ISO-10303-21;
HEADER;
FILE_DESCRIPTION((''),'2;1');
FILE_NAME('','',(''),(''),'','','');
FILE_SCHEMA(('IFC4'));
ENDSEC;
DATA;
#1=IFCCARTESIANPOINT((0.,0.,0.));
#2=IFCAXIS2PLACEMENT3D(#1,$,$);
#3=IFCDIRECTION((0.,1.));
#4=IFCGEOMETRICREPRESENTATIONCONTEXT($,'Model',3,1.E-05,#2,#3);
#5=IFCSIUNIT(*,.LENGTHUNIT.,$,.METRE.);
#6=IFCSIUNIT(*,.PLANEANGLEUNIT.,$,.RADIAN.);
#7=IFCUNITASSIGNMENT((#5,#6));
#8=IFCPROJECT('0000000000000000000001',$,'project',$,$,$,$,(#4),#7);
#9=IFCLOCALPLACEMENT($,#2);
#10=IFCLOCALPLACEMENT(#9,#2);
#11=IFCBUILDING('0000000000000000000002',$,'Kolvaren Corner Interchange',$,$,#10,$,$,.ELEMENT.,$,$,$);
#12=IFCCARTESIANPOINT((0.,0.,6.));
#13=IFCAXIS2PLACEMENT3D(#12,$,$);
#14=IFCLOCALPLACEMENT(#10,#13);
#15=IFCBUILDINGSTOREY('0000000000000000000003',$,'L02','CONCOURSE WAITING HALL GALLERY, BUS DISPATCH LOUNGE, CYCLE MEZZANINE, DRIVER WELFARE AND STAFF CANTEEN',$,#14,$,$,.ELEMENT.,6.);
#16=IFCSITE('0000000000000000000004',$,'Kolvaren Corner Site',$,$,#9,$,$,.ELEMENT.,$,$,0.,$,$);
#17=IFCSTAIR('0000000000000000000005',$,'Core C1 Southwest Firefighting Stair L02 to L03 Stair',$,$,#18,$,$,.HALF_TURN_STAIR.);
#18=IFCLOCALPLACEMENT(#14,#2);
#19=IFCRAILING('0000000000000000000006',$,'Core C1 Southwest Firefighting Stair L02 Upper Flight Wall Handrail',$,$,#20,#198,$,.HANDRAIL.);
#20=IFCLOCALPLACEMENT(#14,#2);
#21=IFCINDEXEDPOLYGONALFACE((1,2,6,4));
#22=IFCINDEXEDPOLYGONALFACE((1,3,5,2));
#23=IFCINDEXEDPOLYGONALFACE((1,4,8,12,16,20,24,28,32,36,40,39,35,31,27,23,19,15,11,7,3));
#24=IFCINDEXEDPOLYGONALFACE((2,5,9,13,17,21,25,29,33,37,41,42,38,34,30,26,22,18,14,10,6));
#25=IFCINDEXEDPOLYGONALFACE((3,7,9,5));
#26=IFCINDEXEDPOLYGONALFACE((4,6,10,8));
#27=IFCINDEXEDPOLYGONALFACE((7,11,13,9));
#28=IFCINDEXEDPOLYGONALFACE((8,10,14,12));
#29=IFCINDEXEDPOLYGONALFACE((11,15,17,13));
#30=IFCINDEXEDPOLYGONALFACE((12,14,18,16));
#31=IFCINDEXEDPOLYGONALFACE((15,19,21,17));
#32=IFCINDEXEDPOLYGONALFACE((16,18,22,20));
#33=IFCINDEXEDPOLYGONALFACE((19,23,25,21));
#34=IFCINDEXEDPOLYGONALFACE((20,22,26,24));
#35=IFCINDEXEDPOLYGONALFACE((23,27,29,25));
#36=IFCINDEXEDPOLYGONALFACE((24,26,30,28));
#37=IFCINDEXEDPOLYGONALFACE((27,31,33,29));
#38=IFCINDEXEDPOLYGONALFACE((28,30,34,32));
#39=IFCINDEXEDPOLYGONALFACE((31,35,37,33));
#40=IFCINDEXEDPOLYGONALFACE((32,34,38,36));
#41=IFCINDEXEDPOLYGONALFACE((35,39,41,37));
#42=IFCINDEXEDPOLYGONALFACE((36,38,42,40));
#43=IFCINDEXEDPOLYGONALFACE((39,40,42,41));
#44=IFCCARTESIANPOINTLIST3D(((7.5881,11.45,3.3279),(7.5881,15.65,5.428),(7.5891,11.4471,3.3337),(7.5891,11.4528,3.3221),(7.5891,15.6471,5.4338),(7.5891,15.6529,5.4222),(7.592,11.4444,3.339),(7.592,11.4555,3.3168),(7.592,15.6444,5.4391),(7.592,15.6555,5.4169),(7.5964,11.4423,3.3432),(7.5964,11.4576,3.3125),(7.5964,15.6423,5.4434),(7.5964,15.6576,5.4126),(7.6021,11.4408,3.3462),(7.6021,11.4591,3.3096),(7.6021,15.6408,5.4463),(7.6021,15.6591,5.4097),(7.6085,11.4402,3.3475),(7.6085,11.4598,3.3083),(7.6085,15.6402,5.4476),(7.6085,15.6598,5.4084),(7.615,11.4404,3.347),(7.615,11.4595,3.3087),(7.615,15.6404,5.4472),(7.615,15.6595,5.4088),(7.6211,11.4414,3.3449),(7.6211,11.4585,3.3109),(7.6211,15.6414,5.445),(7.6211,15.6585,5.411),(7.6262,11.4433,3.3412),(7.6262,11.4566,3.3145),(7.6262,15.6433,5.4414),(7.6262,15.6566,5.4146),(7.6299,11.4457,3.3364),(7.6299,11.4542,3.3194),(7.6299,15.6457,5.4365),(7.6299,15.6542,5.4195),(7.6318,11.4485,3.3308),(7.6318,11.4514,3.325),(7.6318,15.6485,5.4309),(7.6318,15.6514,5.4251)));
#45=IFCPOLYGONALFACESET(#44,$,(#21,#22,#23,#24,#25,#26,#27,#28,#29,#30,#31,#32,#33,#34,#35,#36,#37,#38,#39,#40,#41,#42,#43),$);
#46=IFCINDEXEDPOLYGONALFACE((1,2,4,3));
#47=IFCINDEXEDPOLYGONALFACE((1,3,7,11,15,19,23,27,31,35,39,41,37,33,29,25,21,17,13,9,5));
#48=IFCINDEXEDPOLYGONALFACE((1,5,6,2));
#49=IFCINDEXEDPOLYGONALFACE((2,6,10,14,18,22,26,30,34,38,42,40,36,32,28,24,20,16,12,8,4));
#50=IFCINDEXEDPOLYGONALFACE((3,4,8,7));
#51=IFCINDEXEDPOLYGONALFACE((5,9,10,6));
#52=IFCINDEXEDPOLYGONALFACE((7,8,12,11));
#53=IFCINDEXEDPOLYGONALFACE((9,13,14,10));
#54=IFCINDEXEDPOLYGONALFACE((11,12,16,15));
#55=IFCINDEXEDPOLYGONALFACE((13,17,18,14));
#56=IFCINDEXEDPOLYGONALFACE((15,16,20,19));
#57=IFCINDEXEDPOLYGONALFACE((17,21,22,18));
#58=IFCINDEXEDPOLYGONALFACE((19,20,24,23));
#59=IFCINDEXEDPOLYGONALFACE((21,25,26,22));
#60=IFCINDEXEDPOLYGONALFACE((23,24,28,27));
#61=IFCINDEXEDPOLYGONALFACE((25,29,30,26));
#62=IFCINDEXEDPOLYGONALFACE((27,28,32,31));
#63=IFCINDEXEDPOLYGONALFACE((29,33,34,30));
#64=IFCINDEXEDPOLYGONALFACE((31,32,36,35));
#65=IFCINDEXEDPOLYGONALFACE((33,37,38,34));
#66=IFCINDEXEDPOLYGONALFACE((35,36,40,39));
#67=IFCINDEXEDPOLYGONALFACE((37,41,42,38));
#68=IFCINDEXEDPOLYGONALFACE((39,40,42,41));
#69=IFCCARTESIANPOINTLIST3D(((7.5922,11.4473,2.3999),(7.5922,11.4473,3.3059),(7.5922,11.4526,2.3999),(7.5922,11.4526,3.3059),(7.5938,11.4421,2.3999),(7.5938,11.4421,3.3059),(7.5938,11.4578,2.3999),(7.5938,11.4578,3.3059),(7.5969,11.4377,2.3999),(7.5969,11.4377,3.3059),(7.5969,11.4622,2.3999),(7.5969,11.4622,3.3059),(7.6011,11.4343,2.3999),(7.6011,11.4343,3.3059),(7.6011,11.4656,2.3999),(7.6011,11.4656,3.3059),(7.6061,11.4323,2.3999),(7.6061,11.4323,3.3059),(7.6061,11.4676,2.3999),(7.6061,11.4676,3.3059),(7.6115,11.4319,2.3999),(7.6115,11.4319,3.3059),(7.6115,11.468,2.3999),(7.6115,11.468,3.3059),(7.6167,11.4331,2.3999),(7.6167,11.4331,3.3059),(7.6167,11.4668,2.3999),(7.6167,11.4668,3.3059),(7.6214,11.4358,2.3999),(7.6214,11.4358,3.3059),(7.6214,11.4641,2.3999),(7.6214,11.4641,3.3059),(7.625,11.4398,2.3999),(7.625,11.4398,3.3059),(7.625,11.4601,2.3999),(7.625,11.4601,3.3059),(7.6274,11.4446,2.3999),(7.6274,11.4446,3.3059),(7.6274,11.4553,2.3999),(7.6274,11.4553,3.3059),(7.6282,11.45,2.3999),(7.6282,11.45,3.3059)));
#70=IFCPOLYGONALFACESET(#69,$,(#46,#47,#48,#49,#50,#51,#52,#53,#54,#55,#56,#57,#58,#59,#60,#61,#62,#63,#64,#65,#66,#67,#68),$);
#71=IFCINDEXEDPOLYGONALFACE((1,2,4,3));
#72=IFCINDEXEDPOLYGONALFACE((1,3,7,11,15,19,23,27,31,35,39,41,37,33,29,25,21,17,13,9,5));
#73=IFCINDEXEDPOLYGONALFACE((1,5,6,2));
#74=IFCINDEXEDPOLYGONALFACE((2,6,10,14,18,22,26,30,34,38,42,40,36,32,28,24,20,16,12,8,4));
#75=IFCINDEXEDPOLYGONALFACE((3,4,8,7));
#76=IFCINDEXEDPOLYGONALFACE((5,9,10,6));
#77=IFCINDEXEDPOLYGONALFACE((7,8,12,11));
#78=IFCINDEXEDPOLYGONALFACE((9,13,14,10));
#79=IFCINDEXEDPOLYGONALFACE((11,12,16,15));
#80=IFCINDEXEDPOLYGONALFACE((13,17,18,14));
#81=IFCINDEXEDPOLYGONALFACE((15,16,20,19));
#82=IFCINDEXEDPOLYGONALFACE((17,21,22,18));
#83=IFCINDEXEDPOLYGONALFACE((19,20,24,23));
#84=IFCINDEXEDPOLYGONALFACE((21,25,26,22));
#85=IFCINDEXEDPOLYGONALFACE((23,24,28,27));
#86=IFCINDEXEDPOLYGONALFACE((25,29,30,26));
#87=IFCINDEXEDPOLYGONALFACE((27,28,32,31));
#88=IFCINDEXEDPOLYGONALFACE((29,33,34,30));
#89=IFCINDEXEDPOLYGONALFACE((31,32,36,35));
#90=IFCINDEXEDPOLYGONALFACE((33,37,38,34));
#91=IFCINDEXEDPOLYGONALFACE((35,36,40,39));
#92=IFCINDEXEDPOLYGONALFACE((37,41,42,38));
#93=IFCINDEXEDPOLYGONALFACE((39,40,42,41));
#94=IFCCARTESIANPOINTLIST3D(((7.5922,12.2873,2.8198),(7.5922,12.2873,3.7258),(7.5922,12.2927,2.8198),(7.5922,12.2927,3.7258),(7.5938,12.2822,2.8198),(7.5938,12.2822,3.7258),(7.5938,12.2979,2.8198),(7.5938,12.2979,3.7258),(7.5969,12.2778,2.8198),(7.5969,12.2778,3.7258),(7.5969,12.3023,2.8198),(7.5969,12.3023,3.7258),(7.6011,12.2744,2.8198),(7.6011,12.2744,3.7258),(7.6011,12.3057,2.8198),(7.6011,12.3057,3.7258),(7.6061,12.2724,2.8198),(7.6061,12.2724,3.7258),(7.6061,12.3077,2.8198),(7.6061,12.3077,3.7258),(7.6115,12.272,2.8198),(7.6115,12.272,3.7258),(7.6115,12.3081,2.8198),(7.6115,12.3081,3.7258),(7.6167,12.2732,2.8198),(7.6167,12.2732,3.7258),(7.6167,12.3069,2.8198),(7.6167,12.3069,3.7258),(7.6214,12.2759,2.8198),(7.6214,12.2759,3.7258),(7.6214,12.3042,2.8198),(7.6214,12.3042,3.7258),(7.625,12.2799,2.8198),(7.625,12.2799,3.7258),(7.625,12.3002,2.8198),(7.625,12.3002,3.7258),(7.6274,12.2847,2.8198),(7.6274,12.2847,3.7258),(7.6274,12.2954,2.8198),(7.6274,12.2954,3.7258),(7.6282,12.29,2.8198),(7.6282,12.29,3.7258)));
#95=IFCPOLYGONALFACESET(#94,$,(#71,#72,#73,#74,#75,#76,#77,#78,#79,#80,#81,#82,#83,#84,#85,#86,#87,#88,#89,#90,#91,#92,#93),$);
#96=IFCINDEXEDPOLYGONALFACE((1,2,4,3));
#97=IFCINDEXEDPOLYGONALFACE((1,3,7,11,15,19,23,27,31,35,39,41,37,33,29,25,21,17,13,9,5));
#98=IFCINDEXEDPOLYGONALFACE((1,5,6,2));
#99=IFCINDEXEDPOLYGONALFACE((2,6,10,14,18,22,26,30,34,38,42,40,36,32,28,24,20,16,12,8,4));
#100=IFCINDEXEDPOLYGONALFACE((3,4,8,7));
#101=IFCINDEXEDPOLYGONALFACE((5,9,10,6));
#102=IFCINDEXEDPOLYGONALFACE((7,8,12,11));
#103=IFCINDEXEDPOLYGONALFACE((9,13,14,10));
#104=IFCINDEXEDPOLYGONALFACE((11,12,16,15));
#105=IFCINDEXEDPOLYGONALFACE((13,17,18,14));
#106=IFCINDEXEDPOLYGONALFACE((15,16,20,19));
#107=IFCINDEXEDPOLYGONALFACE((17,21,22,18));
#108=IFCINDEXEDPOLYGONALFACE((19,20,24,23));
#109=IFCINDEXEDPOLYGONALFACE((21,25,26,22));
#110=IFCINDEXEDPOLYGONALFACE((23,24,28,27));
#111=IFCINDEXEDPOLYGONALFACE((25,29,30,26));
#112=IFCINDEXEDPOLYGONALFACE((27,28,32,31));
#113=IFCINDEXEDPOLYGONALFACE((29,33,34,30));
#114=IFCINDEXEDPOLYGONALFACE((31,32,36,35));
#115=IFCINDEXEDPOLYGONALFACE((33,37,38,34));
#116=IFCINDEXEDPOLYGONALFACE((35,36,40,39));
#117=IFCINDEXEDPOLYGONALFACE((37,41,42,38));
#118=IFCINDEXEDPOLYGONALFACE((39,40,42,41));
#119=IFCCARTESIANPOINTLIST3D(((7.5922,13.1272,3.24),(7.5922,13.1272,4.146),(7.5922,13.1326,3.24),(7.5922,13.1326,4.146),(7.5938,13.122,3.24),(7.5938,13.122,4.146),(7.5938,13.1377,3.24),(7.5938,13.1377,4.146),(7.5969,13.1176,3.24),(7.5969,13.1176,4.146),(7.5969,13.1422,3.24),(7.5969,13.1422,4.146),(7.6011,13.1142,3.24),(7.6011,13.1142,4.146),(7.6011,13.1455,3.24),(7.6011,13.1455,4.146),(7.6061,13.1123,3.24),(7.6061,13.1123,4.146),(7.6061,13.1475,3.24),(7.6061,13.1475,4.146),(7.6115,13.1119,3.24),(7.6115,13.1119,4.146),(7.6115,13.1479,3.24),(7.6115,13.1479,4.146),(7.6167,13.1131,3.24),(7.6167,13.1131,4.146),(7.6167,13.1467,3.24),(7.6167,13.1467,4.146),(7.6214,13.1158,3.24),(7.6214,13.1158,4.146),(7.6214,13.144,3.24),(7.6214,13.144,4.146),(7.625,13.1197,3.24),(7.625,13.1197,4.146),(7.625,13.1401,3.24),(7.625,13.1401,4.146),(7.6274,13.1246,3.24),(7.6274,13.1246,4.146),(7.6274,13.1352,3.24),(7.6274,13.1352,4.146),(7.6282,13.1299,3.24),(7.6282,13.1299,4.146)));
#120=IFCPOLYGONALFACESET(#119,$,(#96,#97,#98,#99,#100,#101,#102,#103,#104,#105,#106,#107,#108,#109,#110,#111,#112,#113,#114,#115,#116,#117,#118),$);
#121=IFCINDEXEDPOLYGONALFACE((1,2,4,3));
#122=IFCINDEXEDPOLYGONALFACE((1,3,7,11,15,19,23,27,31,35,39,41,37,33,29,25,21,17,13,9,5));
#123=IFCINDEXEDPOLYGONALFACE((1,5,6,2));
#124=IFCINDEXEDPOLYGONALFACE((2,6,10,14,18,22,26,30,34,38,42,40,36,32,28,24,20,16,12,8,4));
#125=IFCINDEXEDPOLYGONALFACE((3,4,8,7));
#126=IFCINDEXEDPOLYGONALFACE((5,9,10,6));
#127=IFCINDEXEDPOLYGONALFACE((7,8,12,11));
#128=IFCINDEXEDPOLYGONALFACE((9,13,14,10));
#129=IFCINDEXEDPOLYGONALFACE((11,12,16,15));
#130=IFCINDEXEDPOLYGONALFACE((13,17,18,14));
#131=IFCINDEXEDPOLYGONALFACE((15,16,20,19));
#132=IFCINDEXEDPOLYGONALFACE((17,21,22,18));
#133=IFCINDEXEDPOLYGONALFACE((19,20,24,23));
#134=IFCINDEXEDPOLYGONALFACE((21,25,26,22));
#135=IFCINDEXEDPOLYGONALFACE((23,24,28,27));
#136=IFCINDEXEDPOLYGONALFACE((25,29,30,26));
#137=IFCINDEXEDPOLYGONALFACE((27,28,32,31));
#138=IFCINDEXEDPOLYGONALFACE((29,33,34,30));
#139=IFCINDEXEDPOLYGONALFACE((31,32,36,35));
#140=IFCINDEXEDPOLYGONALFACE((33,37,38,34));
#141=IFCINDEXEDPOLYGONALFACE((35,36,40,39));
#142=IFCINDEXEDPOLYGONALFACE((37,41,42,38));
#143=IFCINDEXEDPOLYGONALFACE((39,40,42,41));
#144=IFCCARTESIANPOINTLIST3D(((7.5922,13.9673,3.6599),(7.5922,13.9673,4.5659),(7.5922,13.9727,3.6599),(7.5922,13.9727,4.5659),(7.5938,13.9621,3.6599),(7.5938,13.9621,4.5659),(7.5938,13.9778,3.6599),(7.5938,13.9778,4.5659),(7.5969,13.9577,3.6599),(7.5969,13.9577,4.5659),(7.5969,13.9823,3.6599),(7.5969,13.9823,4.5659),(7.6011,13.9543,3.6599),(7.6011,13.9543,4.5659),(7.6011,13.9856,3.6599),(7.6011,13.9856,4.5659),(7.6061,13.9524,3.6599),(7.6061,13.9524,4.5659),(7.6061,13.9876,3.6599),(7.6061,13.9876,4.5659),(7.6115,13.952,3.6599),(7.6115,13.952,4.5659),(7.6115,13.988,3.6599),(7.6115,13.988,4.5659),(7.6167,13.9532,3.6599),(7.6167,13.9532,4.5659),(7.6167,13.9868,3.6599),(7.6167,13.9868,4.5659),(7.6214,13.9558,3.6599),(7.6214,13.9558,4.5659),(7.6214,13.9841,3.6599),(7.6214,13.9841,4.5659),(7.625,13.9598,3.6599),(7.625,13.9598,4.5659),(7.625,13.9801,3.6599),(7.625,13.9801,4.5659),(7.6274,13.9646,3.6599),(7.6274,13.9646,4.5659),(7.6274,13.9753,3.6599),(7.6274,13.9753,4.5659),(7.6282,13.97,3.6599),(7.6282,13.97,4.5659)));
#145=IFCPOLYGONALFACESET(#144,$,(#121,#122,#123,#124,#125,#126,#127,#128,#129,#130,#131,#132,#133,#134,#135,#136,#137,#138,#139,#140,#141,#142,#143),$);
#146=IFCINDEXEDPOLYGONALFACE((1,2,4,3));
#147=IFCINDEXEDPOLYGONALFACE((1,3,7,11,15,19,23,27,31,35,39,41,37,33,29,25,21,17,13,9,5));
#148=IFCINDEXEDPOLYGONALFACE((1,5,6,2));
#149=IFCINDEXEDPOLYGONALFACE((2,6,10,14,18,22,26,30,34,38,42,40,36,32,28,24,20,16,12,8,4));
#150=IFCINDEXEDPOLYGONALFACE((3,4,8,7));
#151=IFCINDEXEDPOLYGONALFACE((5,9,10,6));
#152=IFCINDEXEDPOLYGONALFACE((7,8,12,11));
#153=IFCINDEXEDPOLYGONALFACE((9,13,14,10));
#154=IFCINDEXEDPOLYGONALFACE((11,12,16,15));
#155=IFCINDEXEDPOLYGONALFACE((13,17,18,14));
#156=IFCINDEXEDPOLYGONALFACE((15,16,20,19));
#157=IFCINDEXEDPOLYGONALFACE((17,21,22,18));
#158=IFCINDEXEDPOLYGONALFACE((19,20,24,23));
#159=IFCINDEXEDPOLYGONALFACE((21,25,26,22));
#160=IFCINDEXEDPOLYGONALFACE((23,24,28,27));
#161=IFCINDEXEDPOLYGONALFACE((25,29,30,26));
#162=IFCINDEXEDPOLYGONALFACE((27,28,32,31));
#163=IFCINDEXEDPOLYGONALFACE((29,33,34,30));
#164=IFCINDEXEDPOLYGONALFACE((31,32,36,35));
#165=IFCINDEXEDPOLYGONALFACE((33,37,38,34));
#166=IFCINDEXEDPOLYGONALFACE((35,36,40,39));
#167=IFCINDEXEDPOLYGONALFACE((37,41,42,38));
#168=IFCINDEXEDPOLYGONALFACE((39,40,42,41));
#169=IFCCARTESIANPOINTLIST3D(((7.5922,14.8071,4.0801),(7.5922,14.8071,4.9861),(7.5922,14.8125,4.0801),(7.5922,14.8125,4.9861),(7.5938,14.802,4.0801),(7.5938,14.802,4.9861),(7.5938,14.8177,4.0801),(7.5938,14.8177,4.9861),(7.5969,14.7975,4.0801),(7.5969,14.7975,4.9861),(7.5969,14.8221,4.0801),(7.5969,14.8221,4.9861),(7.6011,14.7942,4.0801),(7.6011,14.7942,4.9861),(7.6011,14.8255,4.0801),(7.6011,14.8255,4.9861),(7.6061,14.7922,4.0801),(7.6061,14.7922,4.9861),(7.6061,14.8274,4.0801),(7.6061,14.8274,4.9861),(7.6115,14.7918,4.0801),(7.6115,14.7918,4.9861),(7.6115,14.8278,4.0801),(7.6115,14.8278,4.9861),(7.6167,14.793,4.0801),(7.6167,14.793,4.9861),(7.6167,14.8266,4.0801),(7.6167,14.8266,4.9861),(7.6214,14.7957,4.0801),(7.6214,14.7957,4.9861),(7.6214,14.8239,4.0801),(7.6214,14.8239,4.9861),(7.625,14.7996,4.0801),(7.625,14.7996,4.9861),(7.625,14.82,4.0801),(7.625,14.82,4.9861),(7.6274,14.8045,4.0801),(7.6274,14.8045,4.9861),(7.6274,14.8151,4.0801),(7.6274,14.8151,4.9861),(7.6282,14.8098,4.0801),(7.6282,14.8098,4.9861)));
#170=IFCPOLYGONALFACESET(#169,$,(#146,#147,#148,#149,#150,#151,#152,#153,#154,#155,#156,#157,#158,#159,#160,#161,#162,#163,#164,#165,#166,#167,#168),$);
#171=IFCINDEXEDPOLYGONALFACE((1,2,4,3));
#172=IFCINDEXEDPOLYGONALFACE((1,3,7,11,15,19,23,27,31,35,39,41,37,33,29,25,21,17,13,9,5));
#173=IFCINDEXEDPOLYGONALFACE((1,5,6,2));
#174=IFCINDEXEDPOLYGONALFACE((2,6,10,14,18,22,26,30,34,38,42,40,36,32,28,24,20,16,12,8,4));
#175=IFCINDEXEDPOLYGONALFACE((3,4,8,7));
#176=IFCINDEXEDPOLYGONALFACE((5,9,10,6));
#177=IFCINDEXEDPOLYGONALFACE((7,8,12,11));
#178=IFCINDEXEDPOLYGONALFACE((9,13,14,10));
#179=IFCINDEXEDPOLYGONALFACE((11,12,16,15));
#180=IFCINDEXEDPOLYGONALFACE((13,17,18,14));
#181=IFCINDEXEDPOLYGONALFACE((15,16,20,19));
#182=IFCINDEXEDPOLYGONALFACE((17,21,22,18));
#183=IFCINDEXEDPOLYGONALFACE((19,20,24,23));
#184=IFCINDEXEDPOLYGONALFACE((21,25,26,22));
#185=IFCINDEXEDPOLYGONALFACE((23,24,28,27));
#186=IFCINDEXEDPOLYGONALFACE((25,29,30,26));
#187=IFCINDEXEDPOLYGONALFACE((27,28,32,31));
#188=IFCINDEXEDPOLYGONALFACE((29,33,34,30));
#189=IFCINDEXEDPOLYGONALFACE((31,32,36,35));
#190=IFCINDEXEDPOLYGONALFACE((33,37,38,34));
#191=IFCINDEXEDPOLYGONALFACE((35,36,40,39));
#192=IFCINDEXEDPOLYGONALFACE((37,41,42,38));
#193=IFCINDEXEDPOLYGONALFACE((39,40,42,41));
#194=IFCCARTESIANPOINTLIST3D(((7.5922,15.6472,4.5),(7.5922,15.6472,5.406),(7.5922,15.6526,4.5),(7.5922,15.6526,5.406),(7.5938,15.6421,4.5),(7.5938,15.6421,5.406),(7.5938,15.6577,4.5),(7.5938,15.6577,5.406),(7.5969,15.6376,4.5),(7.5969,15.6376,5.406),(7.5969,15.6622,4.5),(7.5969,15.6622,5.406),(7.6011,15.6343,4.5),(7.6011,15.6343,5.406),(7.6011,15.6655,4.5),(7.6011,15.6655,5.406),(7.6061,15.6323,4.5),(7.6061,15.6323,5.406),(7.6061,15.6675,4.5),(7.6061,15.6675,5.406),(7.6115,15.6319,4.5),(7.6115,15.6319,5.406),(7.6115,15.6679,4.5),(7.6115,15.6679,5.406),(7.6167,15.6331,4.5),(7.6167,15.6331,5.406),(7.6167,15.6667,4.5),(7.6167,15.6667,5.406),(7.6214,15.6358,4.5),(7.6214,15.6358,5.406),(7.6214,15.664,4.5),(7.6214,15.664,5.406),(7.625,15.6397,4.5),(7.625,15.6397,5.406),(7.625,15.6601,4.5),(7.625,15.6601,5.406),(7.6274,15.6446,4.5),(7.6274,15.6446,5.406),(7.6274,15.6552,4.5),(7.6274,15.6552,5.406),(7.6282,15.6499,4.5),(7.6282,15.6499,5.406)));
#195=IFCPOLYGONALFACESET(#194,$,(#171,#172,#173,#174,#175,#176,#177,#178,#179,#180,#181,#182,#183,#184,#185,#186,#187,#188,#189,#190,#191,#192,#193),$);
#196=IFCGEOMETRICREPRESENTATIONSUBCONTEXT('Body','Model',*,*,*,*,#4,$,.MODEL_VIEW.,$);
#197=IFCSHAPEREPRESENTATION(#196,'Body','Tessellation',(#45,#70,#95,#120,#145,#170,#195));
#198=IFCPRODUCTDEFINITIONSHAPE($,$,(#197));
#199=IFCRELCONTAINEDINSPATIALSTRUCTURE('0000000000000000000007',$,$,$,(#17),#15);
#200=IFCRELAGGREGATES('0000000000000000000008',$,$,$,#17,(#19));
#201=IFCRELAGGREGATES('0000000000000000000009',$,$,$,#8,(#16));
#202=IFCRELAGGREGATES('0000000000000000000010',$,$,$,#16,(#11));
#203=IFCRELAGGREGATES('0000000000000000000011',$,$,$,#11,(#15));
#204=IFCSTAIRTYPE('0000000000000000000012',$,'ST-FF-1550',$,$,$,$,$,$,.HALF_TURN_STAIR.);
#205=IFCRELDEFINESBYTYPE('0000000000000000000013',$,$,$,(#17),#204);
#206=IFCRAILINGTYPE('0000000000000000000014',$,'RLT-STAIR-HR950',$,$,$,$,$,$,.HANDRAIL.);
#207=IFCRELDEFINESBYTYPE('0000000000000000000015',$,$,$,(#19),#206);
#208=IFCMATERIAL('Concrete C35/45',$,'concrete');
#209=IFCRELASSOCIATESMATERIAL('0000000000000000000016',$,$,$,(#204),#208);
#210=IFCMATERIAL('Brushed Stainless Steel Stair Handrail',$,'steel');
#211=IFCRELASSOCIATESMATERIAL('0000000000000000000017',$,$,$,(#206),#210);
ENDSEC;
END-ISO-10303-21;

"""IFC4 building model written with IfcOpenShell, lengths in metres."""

from ifc_helpers import new_model, si_unit, direction, frame, origin, origin_2d, place, context, subcontext, project, spatial, circle, extrude, material, type_object, element, aggregate, save


model = new_model("IFC4")

# Units and contexts
model_context = context("Model", 3, precision=1e-05, world=origin(), true_north=direction((0.0, 1.0)))
body_context = subcontext(model_context, "Body", "Model", "MODEL_VIEW")
ifc_project = project(units=[si_unit("LENGTHUNIT", "METRE"), si_unit("PLANEANGLEUNIT", "RADIAN")], contexts=[model_context])

# Site, building, storey
site_placement = place(None, origin())
site = spatial("IfcSite", under=ifc_project, at=site_placement, Name="Kolvaren Corner Site", CompositionType="ELEMENT", RefElevation=0.0)
building_placement = place(site_placement, origin())
building = spatial("IfcBuilding", under=site, at=building_placement, Name="Kolvaren Corner Interchange", CompositionType="ELEMENT")
storey_placement = place(building_placement, frame((0.0, 0.0, 6.0)))
storey = spatial("IfcBuildingStorey", under=building, at=storey_placement, Name="L02", Description="CONCOURSE WAITING HALL GALLERY, BUS DISPATCH LOUNGE, CYCLE MEZZANINE, DRIVER WELFARE AND STAFF CANTEEN", CompositionType="ELEMENT", Elevation=6.0)

# Stair
ifc_material_1 = material(Name="Concrete C35/45", Category="concrete")
stair_type = type_object("IfcStairType", Name="ST-FF-1550", PredefinedType="HALF_TURN_STAIR", material=ifc_material_1)
stair_placement = place(storey_placement, origin())
stair = element("IfcStair", 1, at=stair_placement, inside=storey, type_object=stair_type, Name="Core C1 Southwest Firefighting Stair L02 to L03 Stair", PredefinedType="HALF_TURN_STAIR")

# Railing
ifc_material_2 = material(Name="Brushed Stainless Steel Stair Handrail", Category="steel")
railing_type_1 = type_object("IfcRailingType", Name="RLT-STAIR-HR950", PredefinedType="HANDRAIL", material=ifc_material_2)
railing_1_placement = place(storey_placement, frame((7.6101, 11.45, 2.3999)))
railing_1 = element("IfcRailing", 2, at=railing_1_placement, type_object=railing_type_1, Name="Core C1 Southwest Firefighting Stair L02 Upper Flight Wall Handrail", PredefinedType="HANDRAIL", context=body_context, shape_type="SweptSolid", body=[
    extrude(circle(Radius=0.022, at=origin_2d()), frame((0.0, 0.0, 0.928), z_axis=(0.0, 0.894417, 0.447234), x_axis=(-1.0, 0.0, 0.0)), (0.0, 0.0, 1.0), 4.6958),
    extrude(circle(Radius=0.0181, at=origin_2d()), origin(), (0.0, 0.0, 1.0), 0.906),
    extrude(circle(Radius=0.0181, at=origin_2d()), frame((0.0, 0.8401, 0.4199)), (0.0, 0.0, 1.0), 0.906),
    extrude(circle(Radius=0.0181, at=origin_2d()), frame((0.0, 1.6799, 0.8401)), (0.0, 0.0, 1.0), 0.906),
    extrude(circle(Radius=0.0181, at=origin_2d()), frame((0.0, 2.52, 1.26)), (0.0, 0.0, 1.0), 0.906),
    extrude(circle(Radius=0.0181, at=origin_2d()), frame((0.0, 3.3599, 1.6802)), (0.0, 0.0, 1.0), 0.906),
    extrude(circle(Radius=0.0181, at=origin_2d()), frame((0.0, 4.2, 2.1001)), (0.0, 0.0, 1.0), 0.906),
])
aggregate(stair, [railing_1])

save(model, "model.ifc")
